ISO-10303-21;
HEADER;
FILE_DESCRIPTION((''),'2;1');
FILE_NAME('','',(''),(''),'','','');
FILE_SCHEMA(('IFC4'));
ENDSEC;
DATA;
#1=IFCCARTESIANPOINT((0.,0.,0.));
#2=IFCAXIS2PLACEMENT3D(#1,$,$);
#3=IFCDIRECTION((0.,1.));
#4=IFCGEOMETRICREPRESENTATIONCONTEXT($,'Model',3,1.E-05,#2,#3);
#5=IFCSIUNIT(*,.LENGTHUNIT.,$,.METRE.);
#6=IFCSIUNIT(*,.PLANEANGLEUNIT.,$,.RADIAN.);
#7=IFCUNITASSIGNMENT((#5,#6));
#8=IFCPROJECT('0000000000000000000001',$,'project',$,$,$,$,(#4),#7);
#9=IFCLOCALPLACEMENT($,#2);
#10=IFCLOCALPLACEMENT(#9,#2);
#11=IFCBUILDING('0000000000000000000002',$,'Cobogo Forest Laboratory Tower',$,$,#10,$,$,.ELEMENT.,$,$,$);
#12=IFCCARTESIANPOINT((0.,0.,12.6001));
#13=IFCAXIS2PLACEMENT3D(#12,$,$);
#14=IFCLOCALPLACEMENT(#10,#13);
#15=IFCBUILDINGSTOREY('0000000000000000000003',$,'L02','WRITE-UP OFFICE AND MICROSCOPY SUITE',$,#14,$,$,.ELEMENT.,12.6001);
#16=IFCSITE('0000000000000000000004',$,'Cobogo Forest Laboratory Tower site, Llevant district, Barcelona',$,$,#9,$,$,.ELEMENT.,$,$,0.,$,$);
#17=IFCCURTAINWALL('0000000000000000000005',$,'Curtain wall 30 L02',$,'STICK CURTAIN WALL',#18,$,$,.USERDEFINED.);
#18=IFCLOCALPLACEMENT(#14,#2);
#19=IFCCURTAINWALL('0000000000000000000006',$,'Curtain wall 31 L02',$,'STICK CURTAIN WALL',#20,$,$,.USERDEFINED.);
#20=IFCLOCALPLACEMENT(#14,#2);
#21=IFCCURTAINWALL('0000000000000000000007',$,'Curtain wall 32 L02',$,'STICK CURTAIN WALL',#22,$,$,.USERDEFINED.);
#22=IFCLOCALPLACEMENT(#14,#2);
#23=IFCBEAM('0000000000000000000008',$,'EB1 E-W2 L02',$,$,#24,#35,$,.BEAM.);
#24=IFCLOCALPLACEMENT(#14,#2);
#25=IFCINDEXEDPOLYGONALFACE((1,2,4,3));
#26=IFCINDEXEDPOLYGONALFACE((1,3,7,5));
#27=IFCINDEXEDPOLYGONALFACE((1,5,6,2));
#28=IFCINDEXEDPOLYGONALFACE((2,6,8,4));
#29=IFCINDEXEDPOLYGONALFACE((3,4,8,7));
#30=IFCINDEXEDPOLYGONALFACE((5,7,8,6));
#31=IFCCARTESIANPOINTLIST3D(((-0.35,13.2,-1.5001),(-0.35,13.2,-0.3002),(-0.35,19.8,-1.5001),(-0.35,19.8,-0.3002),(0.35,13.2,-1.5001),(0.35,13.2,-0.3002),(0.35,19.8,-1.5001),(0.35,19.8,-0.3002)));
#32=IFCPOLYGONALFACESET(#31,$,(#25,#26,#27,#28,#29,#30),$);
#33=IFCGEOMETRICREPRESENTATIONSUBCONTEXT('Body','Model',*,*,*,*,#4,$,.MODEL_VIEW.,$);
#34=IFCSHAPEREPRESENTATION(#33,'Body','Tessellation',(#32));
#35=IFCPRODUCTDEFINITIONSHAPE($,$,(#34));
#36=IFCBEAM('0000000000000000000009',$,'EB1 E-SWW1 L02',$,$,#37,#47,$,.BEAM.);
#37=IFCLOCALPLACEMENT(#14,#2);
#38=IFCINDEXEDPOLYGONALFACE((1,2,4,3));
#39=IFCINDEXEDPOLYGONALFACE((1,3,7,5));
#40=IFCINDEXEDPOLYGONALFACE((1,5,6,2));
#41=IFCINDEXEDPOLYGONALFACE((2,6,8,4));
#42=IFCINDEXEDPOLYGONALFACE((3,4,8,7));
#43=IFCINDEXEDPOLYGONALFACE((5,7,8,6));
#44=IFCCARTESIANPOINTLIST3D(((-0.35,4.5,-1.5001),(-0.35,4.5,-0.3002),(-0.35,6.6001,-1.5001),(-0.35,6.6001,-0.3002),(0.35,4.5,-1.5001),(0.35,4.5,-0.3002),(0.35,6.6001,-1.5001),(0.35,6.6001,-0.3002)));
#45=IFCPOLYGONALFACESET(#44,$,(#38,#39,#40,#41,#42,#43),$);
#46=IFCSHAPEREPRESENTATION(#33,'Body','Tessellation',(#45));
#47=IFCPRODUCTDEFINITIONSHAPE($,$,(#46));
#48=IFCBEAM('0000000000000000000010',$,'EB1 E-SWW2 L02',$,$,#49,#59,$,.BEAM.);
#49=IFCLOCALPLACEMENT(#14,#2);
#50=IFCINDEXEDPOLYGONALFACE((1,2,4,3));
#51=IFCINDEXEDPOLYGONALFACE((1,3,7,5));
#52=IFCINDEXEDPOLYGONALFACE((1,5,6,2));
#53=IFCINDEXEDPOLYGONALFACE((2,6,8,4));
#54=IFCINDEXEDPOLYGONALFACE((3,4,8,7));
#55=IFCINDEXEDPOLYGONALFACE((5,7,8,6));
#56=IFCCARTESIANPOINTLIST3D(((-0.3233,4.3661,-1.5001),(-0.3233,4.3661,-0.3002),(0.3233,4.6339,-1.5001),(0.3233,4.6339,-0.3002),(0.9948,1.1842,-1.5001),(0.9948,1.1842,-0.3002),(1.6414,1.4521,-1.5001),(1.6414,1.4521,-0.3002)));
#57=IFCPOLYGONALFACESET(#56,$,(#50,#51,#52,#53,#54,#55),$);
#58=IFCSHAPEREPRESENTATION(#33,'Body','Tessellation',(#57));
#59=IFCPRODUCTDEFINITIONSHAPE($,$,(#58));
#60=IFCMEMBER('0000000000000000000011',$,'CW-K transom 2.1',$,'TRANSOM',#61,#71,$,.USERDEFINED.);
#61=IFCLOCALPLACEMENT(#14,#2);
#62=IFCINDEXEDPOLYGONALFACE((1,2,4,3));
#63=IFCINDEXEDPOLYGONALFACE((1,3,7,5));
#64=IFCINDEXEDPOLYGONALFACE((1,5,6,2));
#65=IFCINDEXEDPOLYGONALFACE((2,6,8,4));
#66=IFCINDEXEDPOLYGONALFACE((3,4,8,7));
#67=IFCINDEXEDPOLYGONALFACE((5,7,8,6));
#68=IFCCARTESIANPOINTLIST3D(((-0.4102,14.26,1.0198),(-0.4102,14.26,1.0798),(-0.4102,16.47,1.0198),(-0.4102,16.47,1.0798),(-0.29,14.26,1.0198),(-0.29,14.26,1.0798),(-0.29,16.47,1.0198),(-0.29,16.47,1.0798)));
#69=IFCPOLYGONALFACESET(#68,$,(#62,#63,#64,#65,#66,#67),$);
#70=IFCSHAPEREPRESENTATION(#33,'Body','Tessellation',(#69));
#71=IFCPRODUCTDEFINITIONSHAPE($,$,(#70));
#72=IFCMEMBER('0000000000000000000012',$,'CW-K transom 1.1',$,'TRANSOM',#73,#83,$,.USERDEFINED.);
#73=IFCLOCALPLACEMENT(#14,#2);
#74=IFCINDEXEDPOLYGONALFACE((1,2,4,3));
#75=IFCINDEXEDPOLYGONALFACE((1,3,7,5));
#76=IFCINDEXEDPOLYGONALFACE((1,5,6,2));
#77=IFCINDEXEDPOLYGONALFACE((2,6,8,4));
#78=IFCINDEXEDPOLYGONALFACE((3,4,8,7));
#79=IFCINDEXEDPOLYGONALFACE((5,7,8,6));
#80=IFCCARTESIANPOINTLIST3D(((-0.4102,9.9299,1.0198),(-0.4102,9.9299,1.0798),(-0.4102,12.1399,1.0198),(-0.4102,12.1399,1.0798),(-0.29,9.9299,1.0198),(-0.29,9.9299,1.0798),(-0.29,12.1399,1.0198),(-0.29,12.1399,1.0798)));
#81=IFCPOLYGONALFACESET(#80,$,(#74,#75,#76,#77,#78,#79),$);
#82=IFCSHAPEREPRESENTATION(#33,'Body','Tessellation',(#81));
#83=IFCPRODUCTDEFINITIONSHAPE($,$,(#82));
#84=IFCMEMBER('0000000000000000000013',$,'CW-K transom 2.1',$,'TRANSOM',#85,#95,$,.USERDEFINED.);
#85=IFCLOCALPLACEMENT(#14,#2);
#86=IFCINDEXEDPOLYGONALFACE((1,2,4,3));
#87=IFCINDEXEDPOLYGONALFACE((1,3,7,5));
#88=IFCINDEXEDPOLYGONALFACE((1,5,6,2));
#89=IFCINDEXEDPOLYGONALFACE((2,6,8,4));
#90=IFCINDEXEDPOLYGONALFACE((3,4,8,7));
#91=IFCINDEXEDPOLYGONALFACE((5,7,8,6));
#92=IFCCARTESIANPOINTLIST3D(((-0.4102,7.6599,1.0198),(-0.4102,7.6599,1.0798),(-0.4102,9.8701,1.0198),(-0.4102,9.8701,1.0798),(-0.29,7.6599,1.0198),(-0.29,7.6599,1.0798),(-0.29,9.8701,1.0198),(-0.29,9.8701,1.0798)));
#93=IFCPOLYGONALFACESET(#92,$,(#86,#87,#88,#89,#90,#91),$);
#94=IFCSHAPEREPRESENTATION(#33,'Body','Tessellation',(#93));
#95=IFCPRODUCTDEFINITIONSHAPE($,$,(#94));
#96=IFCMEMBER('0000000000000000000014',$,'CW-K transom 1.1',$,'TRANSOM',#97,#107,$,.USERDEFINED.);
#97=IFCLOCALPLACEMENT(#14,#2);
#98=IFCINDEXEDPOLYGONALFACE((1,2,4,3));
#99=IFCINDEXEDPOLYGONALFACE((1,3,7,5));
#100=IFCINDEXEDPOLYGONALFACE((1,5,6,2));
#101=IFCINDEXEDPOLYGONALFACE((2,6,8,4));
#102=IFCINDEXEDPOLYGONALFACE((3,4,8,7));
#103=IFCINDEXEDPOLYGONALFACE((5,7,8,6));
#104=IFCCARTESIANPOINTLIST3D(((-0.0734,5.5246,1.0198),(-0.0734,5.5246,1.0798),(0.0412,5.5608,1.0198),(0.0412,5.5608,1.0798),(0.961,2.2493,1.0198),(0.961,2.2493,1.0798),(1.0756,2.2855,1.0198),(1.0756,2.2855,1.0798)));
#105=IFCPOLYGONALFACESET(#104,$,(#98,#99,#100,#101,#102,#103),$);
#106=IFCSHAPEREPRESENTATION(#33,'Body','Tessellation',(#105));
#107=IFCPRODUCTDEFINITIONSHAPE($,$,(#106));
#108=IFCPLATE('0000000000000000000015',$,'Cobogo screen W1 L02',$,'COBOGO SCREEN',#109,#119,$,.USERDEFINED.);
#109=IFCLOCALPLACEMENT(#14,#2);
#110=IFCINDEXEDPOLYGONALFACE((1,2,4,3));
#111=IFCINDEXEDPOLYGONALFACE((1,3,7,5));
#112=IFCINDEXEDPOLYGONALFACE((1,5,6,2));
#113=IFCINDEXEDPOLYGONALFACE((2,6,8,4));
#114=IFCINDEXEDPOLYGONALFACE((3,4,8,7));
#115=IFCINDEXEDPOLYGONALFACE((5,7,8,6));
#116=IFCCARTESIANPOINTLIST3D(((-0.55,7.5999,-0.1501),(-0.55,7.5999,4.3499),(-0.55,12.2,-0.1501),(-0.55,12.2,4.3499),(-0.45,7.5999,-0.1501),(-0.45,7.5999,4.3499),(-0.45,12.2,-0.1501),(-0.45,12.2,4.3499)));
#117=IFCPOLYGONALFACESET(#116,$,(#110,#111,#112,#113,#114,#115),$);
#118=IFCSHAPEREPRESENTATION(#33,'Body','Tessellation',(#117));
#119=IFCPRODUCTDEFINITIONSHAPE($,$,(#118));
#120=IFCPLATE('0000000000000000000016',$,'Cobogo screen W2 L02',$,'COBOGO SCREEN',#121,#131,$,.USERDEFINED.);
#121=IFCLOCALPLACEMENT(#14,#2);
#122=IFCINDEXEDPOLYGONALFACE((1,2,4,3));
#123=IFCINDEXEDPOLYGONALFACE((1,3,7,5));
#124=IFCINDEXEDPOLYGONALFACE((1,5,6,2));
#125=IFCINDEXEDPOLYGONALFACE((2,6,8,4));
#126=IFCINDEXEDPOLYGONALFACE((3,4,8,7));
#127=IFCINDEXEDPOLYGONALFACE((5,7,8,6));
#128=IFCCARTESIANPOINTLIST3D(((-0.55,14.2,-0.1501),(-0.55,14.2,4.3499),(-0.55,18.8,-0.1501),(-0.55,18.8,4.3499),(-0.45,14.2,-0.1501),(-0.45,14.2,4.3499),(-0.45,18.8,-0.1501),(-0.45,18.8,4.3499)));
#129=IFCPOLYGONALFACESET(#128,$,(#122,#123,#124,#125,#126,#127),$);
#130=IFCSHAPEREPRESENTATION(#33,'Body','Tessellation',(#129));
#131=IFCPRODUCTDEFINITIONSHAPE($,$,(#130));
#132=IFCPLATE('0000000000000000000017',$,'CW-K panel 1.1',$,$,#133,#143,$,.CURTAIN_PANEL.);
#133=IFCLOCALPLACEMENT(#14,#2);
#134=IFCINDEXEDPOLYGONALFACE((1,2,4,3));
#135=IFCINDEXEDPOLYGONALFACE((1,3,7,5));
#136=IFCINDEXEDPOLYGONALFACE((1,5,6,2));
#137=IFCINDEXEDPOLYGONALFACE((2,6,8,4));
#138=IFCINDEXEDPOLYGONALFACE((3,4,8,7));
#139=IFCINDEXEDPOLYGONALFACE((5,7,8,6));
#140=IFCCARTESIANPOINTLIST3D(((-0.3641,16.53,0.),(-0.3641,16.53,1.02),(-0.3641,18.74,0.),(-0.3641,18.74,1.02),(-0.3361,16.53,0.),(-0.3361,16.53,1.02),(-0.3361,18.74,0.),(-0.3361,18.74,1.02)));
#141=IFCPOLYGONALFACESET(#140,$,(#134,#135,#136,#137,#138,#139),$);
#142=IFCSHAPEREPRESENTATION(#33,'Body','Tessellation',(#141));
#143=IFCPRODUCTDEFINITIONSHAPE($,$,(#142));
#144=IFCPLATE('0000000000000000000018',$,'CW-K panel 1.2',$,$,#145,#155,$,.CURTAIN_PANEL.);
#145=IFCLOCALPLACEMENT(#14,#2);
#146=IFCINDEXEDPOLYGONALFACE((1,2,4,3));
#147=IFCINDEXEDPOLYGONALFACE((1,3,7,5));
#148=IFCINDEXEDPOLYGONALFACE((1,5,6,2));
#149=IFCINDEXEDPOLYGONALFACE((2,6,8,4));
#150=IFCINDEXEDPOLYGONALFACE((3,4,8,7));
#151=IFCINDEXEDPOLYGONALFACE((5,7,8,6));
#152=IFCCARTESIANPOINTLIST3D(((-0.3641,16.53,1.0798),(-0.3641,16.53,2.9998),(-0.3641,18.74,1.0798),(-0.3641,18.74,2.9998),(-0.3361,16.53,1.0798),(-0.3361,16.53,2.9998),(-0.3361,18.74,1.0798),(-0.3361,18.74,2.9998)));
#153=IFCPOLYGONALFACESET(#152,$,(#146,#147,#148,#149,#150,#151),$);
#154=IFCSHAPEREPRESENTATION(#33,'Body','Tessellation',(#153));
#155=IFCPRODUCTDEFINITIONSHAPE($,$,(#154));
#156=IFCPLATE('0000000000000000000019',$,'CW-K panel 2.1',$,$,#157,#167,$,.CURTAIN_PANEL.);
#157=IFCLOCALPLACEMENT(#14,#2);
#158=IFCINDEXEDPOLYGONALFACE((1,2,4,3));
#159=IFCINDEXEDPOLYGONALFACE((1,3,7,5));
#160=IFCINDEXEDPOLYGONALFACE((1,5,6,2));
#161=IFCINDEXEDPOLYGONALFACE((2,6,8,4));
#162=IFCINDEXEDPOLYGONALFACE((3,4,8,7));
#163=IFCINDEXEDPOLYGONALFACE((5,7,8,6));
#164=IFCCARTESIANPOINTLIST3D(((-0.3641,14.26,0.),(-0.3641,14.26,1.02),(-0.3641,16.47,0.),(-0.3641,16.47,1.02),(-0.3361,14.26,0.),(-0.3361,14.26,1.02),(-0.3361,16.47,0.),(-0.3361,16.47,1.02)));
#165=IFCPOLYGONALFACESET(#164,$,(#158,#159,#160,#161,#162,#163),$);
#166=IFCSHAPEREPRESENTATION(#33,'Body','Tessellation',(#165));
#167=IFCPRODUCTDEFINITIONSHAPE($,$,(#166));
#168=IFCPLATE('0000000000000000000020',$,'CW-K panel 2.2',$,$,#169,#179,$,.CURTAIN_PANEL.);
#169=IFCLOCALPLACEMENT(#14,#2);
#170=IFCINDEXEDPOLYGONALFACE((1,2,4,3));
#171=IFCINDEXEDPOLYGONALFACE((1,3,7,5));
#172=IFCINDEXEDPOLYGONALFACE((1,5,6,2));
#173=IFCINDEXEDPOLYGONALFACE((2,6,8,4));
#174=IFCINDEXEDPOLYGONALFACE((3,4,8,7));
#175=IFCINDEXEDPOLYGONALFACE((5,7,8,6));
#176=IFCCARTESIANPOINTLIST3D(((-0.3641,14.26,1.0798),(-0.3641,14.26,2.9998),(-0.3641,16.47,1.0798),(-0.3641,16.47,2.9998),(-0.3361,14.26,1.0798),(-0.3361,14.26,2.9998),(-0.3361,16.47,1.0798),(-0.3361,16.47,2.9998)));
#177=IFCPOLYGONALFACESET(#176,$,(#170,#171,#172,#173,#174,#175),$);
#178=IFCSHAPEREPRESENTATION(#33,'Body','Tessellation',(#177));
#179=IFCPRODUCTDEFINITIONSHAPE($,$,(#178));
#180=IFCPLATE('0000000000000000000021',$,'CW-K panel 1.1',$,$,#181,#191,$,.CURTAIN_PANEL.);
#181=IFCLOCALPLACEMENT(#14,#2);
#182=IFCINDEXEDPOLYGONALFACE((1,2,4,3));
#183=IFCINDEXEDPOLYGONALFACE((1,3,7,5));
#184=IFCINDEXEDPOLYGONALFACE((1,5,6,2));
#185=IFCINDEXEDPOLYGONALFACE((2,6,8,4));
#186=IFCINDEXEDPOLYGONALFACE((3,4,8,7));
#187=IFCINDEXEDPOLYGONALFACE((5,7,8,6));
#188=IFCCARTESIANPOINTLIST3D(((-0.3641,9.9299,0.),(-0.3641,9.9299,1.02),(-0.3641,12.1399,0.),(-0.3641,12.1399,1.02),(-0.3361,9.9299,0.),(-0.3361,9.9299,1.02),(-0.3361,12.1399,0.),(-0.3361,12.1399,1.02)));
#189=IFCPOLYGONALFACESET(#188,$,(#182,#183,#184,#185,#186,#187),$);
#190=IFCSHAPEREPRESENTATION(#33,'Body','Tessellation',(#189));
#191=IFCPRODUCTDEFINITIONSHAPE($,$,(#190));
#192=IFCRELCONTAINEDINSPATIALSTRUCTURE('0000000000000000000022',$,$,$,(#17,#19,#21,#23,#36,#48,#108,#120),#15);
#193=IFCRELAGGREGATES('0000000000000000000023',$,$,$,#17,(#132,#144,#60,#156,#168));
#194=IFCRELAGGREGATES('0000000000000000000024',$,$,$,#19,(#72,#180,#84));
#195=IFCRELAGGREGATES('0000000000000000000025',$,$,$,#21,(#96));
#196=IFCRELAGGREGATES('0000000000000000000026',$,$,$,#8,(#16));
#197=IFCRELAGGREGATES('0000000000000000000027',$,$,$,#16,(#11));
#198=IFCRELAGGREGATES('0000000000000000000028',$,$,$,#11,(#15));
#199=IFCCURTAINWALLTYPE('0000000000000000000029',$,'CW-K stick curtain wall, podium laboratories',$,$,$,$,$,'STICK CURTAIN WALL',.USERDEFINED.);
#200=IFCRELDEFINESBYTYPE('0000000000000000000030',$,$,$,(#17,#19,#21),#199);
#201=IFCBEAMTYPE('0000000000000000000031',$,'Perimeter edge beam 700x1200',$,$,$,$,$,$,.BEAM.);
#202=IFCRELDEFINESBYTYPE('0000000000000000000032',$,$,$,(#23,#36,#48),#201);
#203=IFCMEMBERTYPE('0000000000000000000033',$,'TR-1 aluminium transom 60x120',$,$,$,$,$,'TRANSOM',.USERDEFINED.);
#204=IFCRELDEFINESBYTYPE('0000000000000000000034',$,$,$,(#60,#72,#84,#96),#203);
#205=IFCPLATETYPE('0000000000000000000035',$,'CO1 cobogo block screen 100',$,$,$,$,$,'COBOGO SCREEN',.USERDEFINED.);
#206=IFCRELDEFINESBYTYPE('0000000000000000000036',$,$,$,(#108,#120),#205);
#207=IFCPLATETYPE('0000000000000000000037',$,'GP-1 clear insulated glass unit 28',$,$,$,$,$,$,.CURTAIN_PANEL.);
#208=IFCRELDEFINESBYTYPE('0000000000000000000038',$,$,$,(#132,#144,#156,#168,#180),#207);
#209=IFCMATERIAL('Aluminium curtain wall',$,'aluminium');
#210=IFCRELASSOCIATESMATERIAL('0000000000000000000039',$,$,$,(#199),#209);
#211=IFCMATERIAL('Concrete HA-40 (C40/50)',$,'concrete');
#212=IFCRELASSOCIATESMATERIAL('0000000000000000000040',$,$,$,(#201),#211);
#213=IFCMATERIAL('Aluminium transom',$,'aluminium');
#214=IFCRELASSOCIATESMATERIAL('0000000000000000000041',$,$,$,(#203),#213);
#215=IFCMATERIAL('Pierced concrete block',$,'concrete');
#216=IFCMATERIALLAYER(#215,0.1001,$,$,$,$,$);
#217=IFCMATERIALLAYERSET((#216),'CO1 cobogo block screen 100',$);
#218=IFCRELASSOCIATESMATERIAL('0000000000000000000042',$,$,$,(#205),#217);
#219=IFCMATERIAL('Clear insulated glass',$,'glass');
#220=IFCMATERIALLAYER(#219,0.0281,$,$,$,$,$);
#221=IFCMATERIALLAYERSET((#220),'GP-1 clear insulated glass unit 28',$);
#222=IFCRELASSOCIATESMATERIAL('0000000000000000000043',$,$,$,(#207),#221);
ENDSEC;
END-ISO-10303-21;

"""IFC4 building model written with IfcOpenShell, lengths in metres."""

from ifc_helpers import new_model, si_unit, direction, frame, origin, origin_2d, place, context, subcontext, project, spatial, rectangle, extrude, material, layer, layer_set, material_profile, profile_set, type_object, element, aggregate, save


model = new_model("IFC4")

# Units and contexts
model_context = context("Model", 3, precision=1e-05, world=origin(), true_north=direction((0.0, 1.0)))
body_context = subcontext(model_context, "Body", "Model", "MODEL_VIEW")
ifc_project = project(units=[si_unit("LENGTHUNIT", "METRE"), si_unit("PLANEANGLEUNIT", "RADIAN")], contexts=[model_context])

# Site, building, storey
site_placement = place(None, origin())
site = spatial("IfcSite", under=ifc_project, at=site_placement, Name="Cobogo Forest Laboratory Tower site, Llevant district, Barcelona", CompositionType="ELEMENT", RefElevation=0.0)
building_placement = place(site_placement, origin())
building = spatial("IfcBuilding", under=site, at=building_placement, Name="Cobogo Forest Laboratory Tower", CompositionType="ELEMENT")
storey_placement = place(building_placement, frame((0.0, 0.0, 12.6001)))
storey = spatial("IfcBuildingStorey", under=building, at=storey_placement, Name="L02", Description="WRITE-UP OFFICE AND MICROSCOPY SUITE", CompositionType="ELEMENT", Elevation=12.6001)

# Shared definitions
ifc_material_1 = material(Name="Concrete HA-40 (C40/50)", Category="concrete")

# Curtain walls
ifc_material_2 = material(Name="Aluminium curtain wall", Category="aluminium")
curtain_wall_type = type_object("IfcCurtainWallType", Name="CW-K stick curtain wall, podium laboratories", ElementType="STICK CURTAIN WALL", PredefinedType="USERDEFINED", material=ifc_material_2)
curtain_wall_1_placement = place(storey_placement, origin())
curtain_wall_1 = element("IfcCurtainWall", 1, at=curtain_wall_1_placement, inside=storey, type_object=curtain_wall_type, Name="Curtain wall 30 L02", ObjectType="STICK CURTAIN WALL", PredefinedType="USERDEFINED")
curtain_wall_2_placement = place(storey_placement, origin())
curtain_wall_2 = element("IfcCurtainWall", 2, at=curtain_wall_2_placement, inside=storey, type_object=curtain_wall_type, Name="Curtain wall 31 L02", ObjectType="STICK CURTAIN WALL", PredefinedType="USERDEFINED")
curtain_wall_3_placement = place(storey_placement, origin())
curtain_wall_3 = element("IfcCurtainWall", 3, at=curtain_wall_3_placement, inside=storey, type_object=curtain_wall_type, Name="Curtain wall 32 L02", ObjectType="STICK CURTAIN WALL", PredefinedType="USERDEFINED")

# Beams
ifc_material_profile_1 = material_profile(ifc_material_1, rectangle(XDim=0.7, YDim=1.2, at=origin_2d()), Name="RC 700x1200")
ifc_profile_set_1 = profile_set([ifc_material_profile_1], Name="Concrete HA-40 (C40/50)")
beam_type_1 = type_object("IfcBeamType", Name="Perimeter edge beam 700x1200", PredefinedType="BEAM", material=ifc_profile_set_1)
beam_1_placement = place(storey_placement, frame((0.0, 13.2, -0.9001), z_axis=(0.0, 1.0, 0.0), x_axis=(-1.0, 0.0, 0.0)))
element("IfcBeam", 4, at=beam_1_placement, inside=storey, type_object=beam_type_1, Name="EB1 E-W2 L02", PredefinedType="BEAM", context=body_context, shape_type="SweptSolid", body=[
    extrude(rectangle(XDim=0.7, YDim=1.2, at=origin_2d()), origin(), (0.0, 0.0, 1.0), 6.6001),
])
beam_2_placement = place(storey_placement, frame((0.0, 6.6001, -0.9001), z_axis=(0.0, -1.0, 0.0), x_axis=(1.0, 0.0, 0.0)))
element("IfcBeam", 5, at=beam_2_placement, inside=storey, type_object=beam_type_1, Name="EB1 E-SWW1 L02", PredefinedType="BEAM", context=body_context, shape_type="SweptSolid", body=[
    extrude(rectangle(XDim=0.7, YDim=1.2, at=origin_2d()), origin(), (0.0, 0.0, 1.0), 2.1001),
])
beam_3_placement = place(storey_placement, frame((0.0, 4.5, -0.9001), z_axis=(0.382717, -0.923866, 0.0), x_axis=(0.923866, 0.382717, 0.0)))
element("IfcBeam", 6, at=beam_3_placement, inside=storey, type_object=beam_type_1, Name="EB1 E-SWW2 L02", PredefinedType="BEAM", context=body_context, shape_type="SweptSolid", body=[
    extrude(rectangle(XDim=0.7, YDim=1.2, at=origin_2d()), origin(), (0.0, 0.0, 1.0), 3.4441),
])

# Members
ifc_material_3 = material(Name="Aluminium transom", Category="aluminium")
ifc_material_profile_2 = material_profile(ifc_material_3, rectangle(XDim=0.1201, YDim=0.0601, at=origin_2d()), Name="AL 60x120")
ifc_profile_set_2 = profile_set([ifc_material_profile_2], Name="Aluminium transom")
member_type_1 = type_object("IfcMemberType", Name="TR-1 aluminium transom 60x120", ElementType="TRANSOM", PredefinedType="USERDEFINED", material=ifc_profile_set_2)
member_1_placement = place(storey_placement, frame((-0.3501, 16.47, 1.0498), z_axis=(0.0, -1.0, 0.0), x_axis=(1.0, 0.0, 0.0)))
member_1 = element("IfcMember", 7, at=member_1_placement, type_object=member_type_1, Name="CW-K transom 2.1", ObjectType="TRANSOM", PredefinedType="USERDEFINED", context=body_context, shape_type="SweptSolid", body=[
    extrude(rectangle(XDim=0.1201, YDim=0.0601, at=origin_2d()), origin(), (0.0, 0.0, 1.0), 2.21),
])
member_2_placement = place(storey_placement, frame((-0.3501, 12.1399, 1.0498), z_axis=(0.0, -1.0, 0.0), x_axis=(1.0, 0.0, 0.0)))
member_2 = element("IfcMember", 8, at=member_2_placement, type_object=member_type_1, Name="CW-K transom 1.1", ObjectType="TRANSOM", PredefinedType="USERDEFINED", context=body_context, shape_type="SweptSolid", body=[
    extrude(rectangle(XDim=0.1201, YDim=0.0601, at=origin_2d()), origin(), (0.0, 0.0, 1.0), 2.21),
])
member_3_placement = place(storey_placement, frame((-0.3501, 9.8701, 1.0498), z_axis=(0.0, -1.0, 0.0), x_axis=(1.0, 0.0, 0.0)))
member_3 = element("IfcMember", 9, at=member_3_placement, type_object=member_type_1, Name="CW-K transom 2.1", ObjectType="TRANSOM", PredefinedType="USERDEFINED", context=body_context, shape_type="SweptSolid", body=[
    extrude(rectangle(XDim=0.1201, YDim=0.0601, at=origin_2d()), origin(), (0.0, 0.0, 1.0), 2.2102),
])
member_4_placement = place(storey_placement, frame((-0.0161, 5.5427, 1.0498), z_axis=(0.301155, -0.953575, 0.0), x_axis=(0.953575, 0.301155, 0.0)))
member_4 = element("IfcMember", 10, at=member_4_placement, type_object=member_type_1, Name="CW-K transom 1.1", ObjectType="TRANSOM", PredefinedType="USERDEFINED", context=body_context, shape_type="SweptSolid", body=[
    extrude(rectangle(XDim=0.1201, YDim=0.0601, at=origin_2d()), origin(), (0.0, 0.0, 1.0), 3.4348),
])

# Plates
ifc_material_4 = material(Name="Pierced concrete block", Category="concrete")
ifc_layer_1 = layer(ifc_material_4, 0.1001)
ifc_layer_set_1 = layer_set([ifc_layer_1], Name="CO1 cobogo block screen 100")
plate_type_1 = type_object("IfcPlateType", Name="CO1 cobogo block screen 100", ElementType="COBOGO SCREEN", PredefinedType="USERDEFINED", material=ifc_layer_set_1)
for number, where, z_axis, x_axis, name in (
    (11, (-0.5, 9.8999, -0.1501), (0.0, 0.0, 1.0), (0.0, 1.0, 0.0), "Cobogo screen W1 L02"),
    (12, (-0.5, 16.5, -0.1501), (0.0, 0.0, 1.0), (0.0, 1.0, 0.0), "Cobogo screen W2 L02"),
):
    element("IfcPlate", number, at=place(storey_placement, frame(where, z_axis=z_axis, x_axis=x_axis)), inside=storey, type_object=plate_type_1, Name=name, ObjectType="COBOGO SCREEN", PredefinedType="USERDEFINED", context=body_context, shape_type="SweptSolid", body=[
        extrude(rectangle(XDim=4.6001, YDim=0.1001, at=origin_2d()), origin(), (0.0, 0.0, 1.0), 4.5),
    ])

# Plates
ifc_material_5 = material(Name="Clear insulated glass", Category="glass")
ifc_layer_2 = layer(ifc_material_5, 0.0281)
ifc_layer_set_2 = layer_set([ifc_layer_2], Name="GP-1 clear insulated glass unit 28")
plate_type_2 = type_object("IfcPlateType", Name="GP-1 clear insulated glass unit 28", PredefinedType="CURTAIN_PANEL", material=ifc_layer_set_2)
plate_1_placement = place(storey_placement, frame((-0.3501, 17.635, 0.0), z_axis=(0.0, 0.0, 1.0), x_axis=(0.0, -1.0, 0.0)))
plate_1 = element("IfcPlate", 13, at=plate_1_placement, type_object=plate_type_2, Name="CW-K panel 1.1", PredefinedType="CURTAIN_PANEL", context=body_context, shape_type="SweptSolid", body=[
    extrude(rectangle(XDim=2.21, YDim=0.0281, at=origin_2d()), origin(), (0.0, 0.0, 1.0), 1.02),
])
plate_2_placement = place(storey_placement, frame((-0.3501, 17.635, 1.0798), z_axis=(0.0, 0.0, 1.0), x_axis=(0.0, -1.0, 0.0)))
plate_2 = element("IfcPlate", 14, at=plate_2_placement, type_object=plate_type_2, Name="CW-K panel 1.2", PredefinedType="CURTAIN_PANEL", context=body_context, shape_type="SweptSolid", body=[
    extrude(rectangle(XDim=2.21, YDim=0.0281, at=origin_2d()), origin(), (0.0, 0.0, 1.0), 1.9199),
])
plate_3_placement = place(storey_placement, frame((-0.3501, 15.365, 0.0), z_axis=(0.0, 0.0, 1.0), x_axis=(0.0, -1.0, 0.0)))
plate_3 = element("IfcPlate", 15, at=plate_3_placement, type_object=plate_type_2, Name="CW-K panel 2.1", PredefinedType="CURTAIN_PANEL", context=body_context, shape_type="SweptSolid", body=[
    extrude(rectangle(XDim=2.21, YDim=0.0281, at=origin_2d()), origin(), (0.0, 0.0, 1.0), 1.02),
])
plate_4_placement = place(storey_placement, frame((-0.3501, 15.365, 1.0798), z_axis=(0.0, 0.0, 1.0), x_axis=(0.0, -1.0, 0.0)))
plate_4 = element("IfcPlate", 16, at=plate_4_placement, type_object=plate_type_2, Name="CW-K panel 2.2", PredefinedType="CURTAIN_PANEL", context=body_context, shape_type="SweptSolid", body=[
    extrude(rectangle(XDim=2.21, YDim=0.0281, at=origin_2d()), origin(), (0.0, 0.0, 1.0), 1.9199),
])
aggregate(curtain_wall_1, [plate_1, plate_2, member_1, plate_3, plate_4])
plate_5_placement = place(storey_placement, frame((-0.3501, 11.0349, 0.0), z_axis=(0.0, 0.0, 1.0), x_axis=(0.0, -1.0, 0.0)))
plate_5 = element("IfcPlate", 17, at=plate_5_placement, type_object=plate_type_2, Name="CW-K panel 1.1", PredefinedType="CURTAIN_PANEL", context=body_context, shape_type="SweptSolid", body=[
    extrude(rectangle(XDim=2.21, YDim=0.0281, at=origin_2d()), origin(), (0.0, 0.0, 1.0), 1.02),
])
aggregate(curtain_wall_2, [member_2, plate_5, member_3])
aggregate(curtain_wall_3, [member_4])

save(model, "model.ifc")
